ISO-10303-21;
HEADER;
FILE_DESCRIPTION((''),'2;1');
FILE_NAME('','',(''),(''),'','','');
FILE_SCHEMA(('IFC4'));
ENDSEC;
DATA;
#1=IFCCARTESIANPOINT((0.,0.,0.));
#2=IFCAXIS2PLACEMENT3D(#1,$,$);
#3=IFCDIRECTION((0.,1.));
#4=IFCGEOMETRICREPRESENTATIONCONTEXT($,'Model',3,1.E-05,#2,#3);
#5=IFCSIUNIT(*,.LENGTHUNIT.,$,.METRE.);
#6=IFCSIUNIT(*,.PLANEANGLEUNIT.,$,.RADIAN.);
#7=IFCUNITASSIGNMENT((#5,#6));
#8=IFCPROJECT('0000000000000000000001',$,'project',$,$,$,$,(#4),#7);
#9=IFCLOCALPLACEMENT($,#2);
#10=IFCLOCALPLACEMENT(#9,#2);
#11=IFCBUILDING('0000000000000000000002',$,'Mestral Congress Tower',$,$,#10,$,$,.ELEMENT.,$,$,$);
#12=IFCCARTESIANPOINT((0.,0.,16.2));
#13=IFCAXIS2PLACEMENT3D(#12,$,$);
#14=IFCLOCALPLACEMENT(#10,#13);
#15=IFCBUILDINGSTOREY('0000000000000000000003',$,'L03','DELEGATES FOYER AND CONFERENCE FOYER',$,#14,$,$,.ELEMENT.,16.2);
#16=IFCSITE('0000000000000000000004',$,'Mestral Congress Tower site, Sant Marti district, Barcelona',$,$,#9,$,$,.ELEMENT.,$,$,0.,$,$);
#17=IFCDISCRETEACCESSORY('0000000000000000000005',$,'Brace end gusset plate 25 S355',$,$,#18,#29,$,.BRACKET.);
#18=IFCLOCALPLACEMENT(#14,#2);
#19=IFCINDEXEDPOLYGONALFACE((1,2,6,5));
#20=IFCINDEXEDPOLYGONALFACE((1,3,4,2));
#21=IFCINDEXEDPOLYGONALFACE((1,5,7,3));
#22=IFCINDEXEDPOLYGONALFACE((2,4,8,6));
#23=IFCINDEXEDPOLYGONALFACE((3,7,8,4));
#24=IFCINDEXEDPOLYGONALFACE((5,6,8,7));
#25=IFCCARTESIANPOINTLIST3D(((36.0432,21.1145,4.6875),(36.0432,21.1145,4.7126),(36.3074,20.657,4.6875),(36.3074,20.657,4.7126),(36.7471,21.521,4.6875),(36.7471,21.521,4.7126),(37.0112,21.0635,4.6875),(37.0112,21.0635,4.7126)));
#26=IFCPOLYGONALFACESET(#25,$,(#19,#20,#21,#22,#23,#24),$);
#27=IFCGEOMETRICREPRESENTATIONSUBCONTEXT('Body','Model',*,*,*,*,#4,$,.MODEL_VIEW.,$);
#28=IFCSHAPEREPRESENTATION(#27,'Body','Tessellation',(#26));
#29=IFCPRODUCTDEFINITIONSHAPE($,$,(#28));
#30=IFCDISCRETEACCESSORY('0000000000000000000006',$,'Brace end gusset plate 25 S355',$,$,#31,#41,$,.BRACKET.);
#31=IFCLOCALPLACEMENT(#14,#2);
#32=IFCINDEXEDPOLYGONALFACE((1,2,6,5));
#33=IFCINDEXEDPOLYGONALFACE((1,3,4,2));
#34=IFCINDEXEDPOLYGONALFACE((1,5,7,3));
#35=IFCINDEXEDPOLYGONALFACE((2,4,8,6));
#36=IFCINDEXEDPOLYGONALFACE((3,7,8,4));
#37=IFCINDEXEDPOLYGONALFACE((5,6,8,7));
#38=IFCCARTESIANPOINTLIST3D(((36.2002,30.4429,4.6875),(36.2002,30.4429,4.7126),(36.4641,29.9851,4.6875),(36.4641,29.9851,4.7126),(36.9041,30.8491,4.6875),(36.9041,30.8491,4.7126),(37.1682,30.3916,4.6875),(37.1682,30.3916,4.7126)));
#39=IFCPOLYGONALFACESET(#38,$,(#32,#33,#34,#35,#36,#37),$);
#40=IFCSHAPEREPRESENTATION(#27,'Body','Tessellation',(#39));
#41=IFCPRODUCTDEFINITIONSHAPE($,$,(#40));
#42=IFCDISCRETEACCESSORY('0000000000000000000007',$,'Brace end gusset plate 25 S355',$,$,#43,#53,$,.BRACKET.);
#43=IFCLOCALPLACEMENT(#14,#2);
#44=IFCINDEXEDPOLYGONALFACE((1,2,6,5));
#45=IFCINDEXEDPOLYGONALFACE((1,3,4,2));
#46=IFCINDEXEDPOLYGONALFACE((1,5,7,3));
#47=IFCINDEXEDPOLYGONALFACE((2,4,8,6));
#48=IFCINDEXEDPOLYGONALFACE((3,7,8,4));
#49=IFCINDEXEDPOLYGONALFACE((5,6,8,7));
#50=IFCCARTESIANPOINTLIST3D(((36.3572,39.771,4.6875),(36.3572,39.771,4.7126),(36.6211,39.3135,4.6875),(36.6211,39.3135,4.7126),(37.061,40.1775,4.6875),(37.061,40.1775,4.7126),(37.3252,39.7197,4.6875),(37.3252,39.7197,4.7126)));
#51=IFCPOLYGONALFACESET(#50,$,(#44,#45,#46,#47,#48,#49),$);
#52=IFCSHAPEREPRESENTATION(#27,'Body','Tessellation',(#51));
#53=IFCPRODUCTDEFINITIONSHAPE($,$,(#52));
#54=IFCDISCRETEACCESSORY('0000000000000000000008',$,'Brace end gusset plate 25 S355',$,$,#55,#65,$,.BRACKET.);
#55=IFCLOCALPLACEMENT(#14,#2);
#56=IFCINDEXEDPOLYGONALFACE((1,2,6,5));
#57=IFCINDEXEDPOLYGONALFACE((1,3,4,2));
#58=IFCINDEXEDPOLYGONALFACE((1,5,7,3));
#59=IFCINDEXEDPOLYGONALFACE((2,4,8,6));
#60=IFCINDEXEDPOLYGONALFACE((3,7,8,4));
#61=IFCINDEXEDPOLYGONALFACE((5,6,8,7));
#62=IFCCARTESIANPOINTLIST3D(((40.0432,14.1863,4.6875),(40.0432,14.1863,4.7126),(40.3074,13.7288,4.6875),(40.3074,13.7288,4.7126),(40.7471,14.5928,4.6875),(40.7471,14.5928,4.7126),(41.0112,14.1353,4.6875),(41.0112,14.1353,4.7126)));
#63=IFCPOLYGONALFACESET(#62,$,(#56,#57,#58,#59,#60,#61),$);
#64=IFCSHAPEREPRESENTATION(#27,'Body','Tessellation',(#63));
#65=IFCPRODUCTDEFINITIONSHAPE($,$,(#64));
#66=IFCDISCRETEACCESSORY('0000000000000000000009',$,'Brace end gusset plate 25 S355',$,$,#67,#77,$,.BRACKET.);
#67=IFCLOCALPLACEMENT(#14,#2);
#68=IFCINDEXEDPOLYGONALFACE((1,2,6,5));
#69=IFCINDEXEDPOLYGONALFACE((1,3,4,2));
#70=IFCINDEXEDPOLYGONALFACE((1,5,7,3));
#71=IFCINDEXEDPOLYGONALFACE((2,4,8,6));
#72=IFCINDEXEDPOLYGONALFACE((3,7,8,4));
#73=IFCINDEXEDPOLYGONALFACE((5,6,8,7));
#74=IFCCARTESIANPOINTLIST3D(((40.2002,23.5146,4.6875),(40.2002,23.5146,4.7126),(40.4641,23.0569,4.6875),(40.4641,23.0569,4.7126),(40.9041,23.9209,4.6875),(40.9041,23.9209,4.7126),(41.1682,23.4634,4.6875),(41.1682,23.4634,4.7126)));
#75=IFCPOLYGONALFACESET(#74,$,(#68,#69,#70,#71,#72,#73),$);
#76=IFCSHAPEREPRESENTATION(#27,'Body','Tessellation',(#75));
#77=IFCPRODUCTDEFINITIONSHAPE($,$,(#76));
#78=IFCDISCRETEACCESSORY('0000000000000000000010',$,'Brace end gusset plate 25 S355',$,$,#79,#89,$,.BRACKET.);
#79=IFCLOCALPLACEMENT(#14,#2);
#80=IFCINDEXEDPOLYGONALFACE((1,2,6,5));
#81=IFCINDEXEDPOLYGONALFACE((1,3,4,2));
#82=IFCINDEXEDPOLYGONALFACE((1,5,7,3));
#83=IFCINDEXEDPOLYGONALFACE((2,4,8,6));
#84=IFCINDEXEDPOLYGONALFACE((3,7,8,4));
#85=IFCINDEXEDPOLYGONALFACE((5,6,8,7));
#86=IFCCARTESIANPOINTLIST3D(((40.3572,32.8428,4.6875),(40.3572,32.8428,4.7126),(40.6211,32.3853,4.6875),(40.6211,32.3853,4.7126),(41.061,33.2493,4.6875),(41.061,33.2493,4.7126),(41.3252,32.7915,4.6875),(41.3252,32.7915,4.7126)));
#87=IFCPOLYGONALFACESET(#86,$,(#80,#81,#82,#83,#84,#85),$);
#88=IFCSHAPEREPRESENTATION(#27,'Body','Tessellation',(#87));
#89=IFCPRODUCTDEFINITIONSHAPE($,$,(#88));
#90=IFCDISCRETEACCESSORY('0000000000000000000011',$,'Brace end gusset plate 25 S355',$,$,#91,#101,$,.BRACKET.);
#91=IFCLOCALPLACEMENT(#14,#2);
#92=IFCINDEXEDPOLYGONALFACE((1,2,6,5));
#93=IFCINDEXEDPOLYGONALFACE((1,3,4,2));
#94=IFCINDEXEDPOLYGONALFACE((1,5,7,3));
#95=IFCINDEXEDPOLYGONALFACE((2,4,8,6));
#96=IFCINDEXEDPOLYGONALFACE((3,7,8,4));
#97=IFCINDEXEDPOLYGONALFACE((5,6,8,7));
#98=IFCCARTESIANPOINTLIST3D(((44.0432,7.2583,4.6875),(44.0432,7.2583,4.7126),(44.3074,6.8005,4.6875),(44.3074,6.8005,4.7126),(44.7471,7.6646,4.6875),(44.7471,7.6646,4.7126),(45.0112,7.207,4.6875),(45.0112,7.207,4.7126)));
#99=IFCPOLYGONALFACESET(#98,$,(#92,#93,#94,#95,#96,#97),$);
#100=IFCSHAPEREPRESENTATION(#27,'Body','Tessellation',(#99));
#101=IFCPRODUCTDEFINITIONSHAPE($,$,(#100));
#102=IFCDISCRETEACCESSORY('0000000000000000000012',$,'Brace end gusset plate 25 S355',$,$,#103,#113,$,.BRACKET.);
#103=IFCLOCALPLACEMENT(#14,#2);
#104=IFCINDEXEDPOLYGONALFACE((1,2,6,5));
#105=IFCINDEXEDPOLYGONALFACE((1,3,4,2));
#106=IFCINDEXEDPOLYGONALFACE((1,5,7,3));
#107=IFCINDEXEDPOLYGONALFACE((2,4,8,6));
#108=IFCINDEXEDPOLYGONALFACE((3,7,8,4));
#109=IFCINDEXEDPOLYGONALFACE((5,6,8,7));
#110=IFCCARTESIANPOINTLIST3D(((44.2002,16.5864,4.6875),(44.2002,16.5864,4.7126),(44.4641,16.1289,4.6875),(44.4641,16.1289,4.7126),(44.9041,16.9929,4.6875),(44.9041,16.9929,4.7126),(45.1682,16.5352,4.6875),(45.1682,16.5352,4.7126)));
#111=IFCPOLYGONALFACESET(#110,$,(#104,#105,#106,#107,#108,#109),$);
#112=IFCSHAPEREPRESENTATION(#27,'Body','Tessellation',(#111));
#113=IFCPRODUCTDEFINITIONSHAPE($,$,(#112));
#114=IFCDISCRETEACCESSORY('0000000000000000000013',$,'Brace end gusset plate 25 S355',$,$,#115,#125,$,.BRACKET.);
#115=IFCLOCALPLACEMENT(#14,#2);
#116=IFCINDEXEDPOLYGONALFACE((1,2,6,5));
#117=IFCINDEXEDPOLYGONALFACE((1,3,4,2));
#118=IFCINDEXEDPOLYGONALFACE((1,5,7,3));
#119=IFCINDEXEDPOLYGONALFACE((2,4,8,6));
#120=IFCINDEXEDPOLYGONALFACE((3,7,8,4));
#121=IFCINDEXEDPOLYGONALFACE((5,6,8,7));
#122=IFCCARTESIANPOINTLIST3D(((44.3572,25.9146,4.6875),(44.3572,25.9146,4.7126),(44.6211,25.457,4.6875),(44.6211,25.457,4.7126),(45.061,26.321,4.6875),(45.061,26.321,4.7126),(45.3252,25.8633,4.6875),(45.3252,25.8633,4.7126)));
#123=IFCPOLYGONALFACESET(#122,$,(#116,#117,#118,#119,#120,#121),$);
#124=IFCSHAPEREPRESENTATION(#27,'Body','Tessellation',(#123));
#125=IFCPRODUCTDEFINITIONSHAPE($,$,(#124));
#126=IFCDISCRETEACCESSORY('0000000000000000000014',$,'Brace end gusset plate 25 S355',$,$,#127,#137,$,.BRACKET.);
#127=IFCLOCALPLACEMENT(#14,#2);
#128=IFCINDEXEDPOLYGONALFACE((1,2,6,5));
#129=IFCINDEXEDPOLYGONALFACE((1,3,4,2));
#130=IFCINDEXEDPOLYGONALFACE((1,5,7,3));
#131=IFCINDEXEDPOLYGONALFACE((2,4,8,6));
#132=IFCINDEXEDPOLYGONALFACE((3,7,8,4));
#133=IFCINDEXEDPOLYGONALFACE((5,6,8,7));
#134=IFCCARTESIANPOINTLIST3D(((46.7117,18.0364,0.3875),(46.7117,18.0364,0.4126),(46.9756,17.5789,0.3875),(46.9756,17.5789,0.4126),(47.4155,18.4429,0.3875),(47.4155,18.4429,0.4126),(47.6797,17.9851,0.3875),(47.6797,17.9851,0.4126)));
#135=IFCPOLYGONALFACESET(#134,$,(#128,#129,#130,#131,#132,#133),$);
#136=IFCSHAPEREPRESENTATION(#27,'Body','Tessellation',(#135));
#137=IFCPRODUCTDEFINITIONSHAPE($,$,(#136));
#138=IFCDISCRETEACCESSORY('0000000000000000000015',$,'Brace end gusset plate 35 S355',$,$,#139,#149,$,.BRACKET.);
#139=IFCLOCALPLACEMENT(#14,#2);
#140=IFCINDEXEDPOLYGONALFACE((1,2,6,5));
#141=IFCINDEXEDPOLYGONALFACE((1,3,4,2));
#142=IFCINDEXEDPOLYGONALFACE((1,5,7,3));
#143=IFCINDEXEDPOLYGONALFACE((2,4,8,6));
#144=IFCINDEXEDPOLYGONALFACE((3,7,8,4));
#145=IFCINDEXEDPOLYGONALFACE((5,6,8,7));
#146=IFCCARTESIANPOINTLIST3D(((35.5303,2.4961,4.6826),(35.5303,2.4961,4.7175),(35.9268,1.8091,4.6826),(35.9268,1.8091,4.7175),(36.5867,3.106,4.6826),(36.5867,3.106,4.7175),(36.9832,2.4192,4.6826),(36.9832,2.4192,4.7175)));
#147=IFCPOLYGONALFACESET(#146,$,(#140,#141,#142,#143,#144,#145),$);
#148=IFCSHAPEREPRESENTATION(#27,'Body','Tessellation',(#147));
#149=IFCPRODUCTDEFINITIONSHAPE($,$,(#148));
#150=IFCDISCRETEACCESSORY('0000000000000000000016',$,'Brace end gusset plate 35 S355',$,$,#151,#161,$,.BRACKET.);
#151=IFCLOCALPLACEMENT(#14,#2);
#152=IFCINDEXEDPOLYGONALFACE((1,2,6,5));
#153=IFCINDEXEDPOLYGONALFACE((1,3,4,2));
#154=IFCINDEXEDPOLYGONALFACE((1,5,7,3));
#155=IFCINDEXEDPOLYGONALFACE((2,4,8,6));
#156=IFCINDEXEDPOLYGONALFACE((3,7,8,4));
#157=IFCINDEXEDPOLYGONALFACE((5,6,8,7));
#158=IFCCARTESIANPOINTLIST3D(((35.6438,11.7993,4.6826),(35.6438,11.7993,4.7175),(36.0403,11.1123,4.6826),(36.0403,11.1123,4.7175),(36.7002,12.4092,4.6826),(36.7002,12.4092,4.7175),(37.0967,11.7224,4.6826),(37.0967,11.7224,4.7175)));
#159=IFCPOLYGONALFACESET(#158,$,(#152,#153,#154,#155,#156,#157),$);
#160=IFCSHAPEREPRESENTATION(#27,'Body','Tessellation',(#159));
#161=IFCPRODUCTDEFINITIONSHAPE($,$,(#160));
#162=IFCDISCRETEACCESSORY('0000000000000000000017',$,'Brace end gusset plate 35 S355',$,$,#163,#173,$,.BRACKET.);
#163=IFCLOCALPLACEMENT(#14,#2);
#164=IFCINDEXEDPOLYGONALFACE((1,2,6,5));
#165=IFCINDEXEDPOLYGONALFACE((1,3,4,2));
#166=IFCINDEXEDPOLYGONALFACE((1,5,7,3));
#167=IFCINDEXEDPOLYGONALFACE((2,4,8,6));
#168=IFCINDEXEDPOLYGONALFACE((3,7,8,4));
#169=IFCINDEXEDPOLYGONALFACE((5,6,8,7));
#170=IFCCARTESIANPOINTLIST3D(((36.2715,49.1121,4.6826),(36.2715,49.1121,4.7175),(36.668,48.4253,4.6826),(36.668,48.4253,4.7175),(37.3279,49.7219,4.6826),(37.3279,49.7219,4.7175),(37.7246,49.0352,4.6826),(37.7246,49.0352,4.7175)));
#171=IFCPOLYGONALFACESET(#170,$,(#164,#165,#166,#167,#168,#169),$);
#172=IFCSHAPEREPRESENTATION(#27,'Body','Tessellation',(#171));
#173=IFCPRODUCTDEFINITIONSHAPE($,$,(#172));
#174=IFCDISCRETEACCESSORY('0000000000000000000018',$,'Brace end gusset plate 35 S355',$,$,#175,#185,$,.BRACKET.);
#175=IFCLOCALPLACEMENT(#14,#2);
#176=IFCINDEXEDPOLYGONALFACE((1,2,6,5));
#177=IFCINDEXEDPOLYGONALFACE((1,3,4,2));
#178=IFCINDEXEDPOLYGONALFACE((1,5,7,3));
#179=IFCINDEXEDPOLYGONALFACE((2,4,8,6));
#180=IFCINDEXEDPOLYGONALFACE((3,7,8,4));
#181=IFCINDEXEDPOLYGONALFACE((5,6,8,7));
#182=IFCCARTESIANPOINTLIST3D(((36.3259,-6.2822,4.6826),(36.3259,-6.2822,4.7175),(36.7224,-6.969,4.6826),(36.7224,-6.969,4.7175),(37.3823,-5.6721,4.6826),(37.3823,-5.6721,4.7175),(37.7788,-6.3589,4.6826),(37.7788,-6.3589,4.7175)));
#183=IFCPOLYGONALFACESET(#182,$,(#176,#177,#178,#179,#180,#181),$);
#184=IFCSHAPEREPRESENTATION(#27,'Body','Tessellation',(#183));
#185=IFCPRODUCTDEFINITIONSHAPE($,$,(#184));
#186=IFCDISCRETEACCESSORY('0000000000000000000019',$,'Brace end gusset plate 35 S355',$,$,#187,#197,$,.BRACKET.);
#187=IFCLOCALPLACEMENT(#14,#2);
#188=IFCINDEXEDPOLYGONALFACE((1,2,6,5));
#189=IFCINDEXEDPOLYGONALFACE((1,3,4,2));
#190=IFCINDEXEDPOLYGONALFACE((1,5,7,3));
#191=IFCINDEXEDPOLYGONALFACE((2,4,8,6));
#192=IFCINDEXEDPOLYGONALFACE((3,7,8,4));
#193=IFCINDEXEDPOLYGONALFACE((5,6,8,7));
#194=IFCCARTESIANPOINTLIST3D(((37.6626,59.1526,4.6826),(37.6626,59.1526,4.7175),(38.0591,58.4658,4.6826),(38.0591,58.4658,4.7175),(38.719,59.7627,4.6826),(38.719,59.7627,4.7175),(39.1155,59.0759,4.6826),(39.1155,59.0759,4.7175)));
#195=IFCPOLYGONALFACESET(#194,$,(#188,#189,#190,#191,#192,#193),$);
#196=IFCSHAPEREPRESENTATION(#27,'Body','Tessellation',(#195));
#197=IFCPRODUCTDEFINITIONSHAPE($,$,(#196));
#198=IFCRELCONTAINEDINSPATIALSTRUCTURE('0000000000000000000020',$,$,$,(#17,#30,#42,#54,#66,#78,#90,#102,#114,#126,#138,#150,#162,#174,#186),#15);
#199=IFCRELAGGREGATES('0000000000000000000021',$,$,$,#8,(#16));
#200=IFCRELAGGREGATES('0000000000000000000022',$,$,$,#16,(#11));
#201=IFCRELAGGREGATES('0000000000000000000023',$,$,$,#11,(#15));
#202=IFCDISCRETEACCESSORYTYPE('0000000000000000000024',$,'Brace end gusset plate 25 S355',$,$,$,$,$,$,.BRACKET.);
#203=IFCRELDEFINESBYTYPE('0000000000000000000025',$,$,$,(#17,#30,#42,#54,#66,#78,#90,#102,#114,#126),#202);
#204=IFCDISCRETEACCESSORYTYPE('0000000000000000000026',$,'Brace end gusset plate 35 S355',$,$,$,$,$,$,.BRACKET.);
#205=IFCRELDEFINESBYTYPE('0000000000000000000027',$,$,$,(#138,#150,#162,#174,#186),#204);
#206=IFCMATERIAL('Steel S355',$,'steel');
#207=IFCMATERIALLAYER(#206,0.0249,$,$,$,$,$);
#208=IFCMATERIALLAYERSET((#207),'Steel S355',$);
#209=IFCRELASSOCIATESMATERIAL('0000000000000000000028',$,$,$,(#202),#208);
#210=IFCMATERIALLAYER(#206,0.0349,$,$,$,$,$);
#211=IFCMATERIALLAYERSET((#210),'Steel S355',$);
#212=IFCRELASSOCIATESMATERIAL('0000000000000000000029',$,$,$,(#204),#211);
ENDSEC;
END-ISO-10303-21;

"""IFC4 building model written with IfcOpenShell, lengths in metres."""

from ifc_helpers import new_model, si_unit, direction, frame, origin, place, context, subcontext, project, spatial, polyline, outline, extrude, material, layer, layer_set, type_object, element, save


model = new_model("IFC4")

# Units and contexts
model_context = context("Model", 3, precision=1e-05, world=origin(), true_north=direction((0.0, 1.0)))
body_context = subcontext(model_context, "Body", "Model", "MODEL_VIEW")
ifc_project = project(units=[si_unit("LENGTHUNIT", "METRE"), si_unit("PLANEANGLEUNIT", "RADIAN")], contexts=[model_context])

# Site, building, storey
site_placement = place(None, origin())
site = spatial("IfcSite", under=ifc_project, at=site_placement, Name="Mestral Congress Tower site, Sant Marti district, Barcelona", CompositionType="ELEMENT", RefElevation=0.0)
building_placement = place(site_placement, origin())
building = spatial("IfcBuilding", under=site, at=building_placement, Name="Mestral Congress Tower", CompositionType="ELEMENT")
storey_placement = place(building_placement, frame((0.0, 0.0, 16.2)))
storey = spatial("IfcBuildingStorey", under=building, at=storey_placement, Name="L03", Description="DELEGATES FOYER AND CONFERENCE FOYER", CompositionType="ELEMENT", Elevation=16.2)

# Discrete accessories
ifc_material = material(Name="Steel S355", Category="steel")
ifc_layer_1 = layer(ifc_material, 0.0249)
ifc_layer_set_1 = layer_set([ifc_layer_1], Name="Steel S355")
discrete_accessory_type_1 = type_object("IfcDiscreteAccessoryType", Name="Brace end gusset plate 25 S355", PredefinedType="BRACKET", material=ifc_layer_set_1)
placement_1 = place(storey_placement, frame((0.0, 0.0, 4.6875)))
element("IfcDiscreteAccessory", 1, at=placement_1, inside=storey, type_object=discrete_accessory_type_1, Name="Brace end gusset plate 25 S355", PredefinedType="BRACKET", context=body_context, shape_type="SweptSolid", body=[
    extrude(outline(polyline([(36.7471, 21.521), (36.0432, 21.1145), (36.3074, 20.657), (37.0112, 21.0635), (36.7471, 21.521)])), origin(), (0.0, 0.0, 1.0), 0.0251),
])
element("IfcDiscreteAccessory", 2, at=placement_1, inside=storey, type_object=discrete_accessory_type_1, Name="Brace end gusset plate 25 S355", PredefinedType="BRACKET", context=body_context, shape_type="SweptSolid", body=[
    extrude(outline(polyline([(36.9041, 30.8491), (36.2002, 30.4429), (36.4641, 29.9851), (37.1682, 30.3916), (36.9041, 30.8491)])), origin(), (0.0, 0.0, 1.0), 0.0251),
])
element("IfcDiscreteAccessory", 3, at=placement_1, inside=storey, type_object=discrete_accessory_type_1, Name="Brace end gusset plate 25 S355", PredefinedType="BRACKET", context=body_context, shape_type="SweptSolid", body=[
    extrude(outline(polyline([(37.061, 40.1775), (36.3572, 39.771), (36.6211, 39.3135), (37.3252, 39.7197), (37.061, 40.1775)])), origin(), (0.0, 0.0, 1.0), 0.0251),
])
element("IfcDiscreteAccessory", 4, at=placement_1, inside=storey, type_object=discrete_accessory_type_1, Name="Brace end gusset plate 25 S355", PredefinedType="BRACKET", context=body_context, shape_type="SweptSolid", body=[
    extrude(outline(polyline([(40.7471, 14.5928), (40.0432, 14.1863), (40.3074, 13.7288), (41.0112, 14.1353), (40.7471, 14.5928)])), origin(), (0.0, 0.0, 1.0), 0.0251),
])
element("IfcDiscreteAccessory", 5, at=placement_1, inside=storey, type_object=discrete_accessory_type_1, Name="Brace end gusset plate 25 S355", PredefinedType="BRACKET", context=body_context, shape_type="SweptSolid", body=[
    extrude(outline(polyline([(40.9041, 23.9209), (40.2002, 23.5146), (40.4641, 23.0569), (41.1682, 23.4634), (40.9041, 23.9209)])), origin(), (0.0, 0.0, 1.0), 0.0251),
])
element("IfcDiscreteAccessory", 6, at=placement_1, inside=storey, type_object=discrete_accessory_type_1, Name="Brace end gusset plate 25 S355", PredefinedType="BRACKET", context=body_context, shape_type="SweptSolid", body=[
    extrude(outline(polyline([(41.061, 33.2493), (40.3572, 32.8428), (40.6211, 32.3853), (41.3252, 32.7915), (41.061, 33.2493)])), origin(), (0.0, 0.0, 1.0), 0.0251),
])
element("IfcDiscreteAccessory", 7, at=placement_1, inside=storey, type_object=discrete_accessory_type_1, Name="Brace end gusset plate 25 S355", PredefinedType="BRACKET", context=body_context, shape_type="SweptSolid", body=[
    extrude(outline(polyline([(44.7471, 7.6646), (44.0432, 7.2583), (44.3074, 6.8005), (45.0112, 7.207), (44.7471, 7.6646)])), origin(), (0.0, 0.0, 1.0), 0.0251),
])
element("IfcDiscreteAccessory", 8, at=placement_1, inside=storey, type_object=discrete_accessory_type_1, Name="Brace end gusset plate 25 S355", PredefinedType="BRACKET", context=body_context, shape_type="SweptSolid", body=[
    extrude(outline(polyline([(44.9041, 16.9929), (44.2002, 16.5864), (44.4641, 16.1289), (45.1682, 16.5352), (44.9041, 16.9929)])), origin(), (0.0, 0.0, 1.0), 0.0251),
])
element("IfcDiscreteAccessory", 9, at=placement_1, inside=storey, type_object=discrete_accessory_type_1, Name="Brace end gusset plate 25 S355", PredefinedType="BRACKET", context=body_context, shape_type="SweptSolid", body=[
    extrude(outline(polyline([(45.061, 26.321), (44.3572, 25.9146), (44.6211, 25.457), (45.3252, 25.8633), (45.061, 26.321)])), origin(), (0.0, 0.0, 1.0), 0.0251),
])
discrete_accessory_1_placement = place(storey_placement, frame((0.0, 0.0, 0.3875)))
element("IfcDiscreteAccessory", 10, at=discrete_accessory_1_placement, inside=storey, type_object=discrete_accessory_type_1, Name="Brace end gusset plate 25 S355", PredefinedType="BRACKET", context=body_context, shape_type="SweptSolid", body=[
    extrude(outline(polyline([(47.4155, 18.4429), (46.7117, 18.0364), (46.9756, 17.5789), (47.6797, 17.9851), (47.4155, 18.4429)])), origin(), (0.0, 0.0, 1.0), 0.0251),
])
ifc_layer_2 = layer(ifc_material, 0.0349)
ifc_layer_set_2 = layer_set([ifc_layer_2], Name="Steel S355")
discrete_accessory_type_2 = type_object("IfcDiscreteAccessoryType", Name="Brace end gusset plate 35 S355", PredefinedType="BRACKET", material=ifc_layer_set_2)
placement_2 = place(storey_placement, frame((0.0, 0.0, 4.6826)))
element("IfcDiscreteAccessory", 11, at=placement_2, inside=storey, type_object=discrete_accessory_type_2, Name="Brace end gusset plate 35 S355", PredefinedType="BRACKET", context=body_context, shape_type="SweptSolid", body=[
    extrude(outline(polyline([(36.5867, 3.106), (35.5303, 2.4961), (35.9268, 1.8091), (36.9832, 2.4192), (36.5867, 3.106)])), origin(), (0.0, 0.0, 1.0), 0.0349),
])
element("IfcDiscreteAccessory", 12, at=placement_2, inside=storey, type_object=discrete_accessory_type_2, Name="Brace end gusset plate 35 S355", PredefinedType="BRACKET", context=body_context, shape_type="SweptSolid", body=[
    extrude(outline(polyline([(36.7002, 12.4092), (35.6438, 11.7993), (36.0403, 11.1123), (37.0967, 11.7224), (36.7002, 12.4092)])), origin(), (0.0, 0.0, 1.0), 0.0349),
])
element("IfcDiscreteAccessory", 13, at=placement_2, inside=storey, type_object=discrete_accessory_type_2, Name="Brace end gusset plate 35 S355", PredefinedType="BRACKET", context=body_context, shape_type="SweptSolid", body=[
    extrude(outline(polyline([(37.3279, 49.7219), (36.2715, 49.1121), (36.668, 48.4253), (37.7246, 49.0352), (37.3279, 49.7219)])), origin(), (0.0, 0.0, 1.0), 0.0349),
])
element("IfcDiscreteAccessory", 14, at=placement_2, inside=storey, type_object=discrete_accessory_type_2, Name="Brace end gusset plate 35 S355", PredefinedType="BRACKET", context=body_context, shape_type="SweptSolid", body=[
    extrude(outline(polyline([(37.3823, -5.6721), (36.3259, -6.2822), (36.7224, -6.969), (37.7788, -6.3589), (37.3823, -5.6721)])), origin(), (0.0, 0.0, 1.0), 0.0349),
])
element("IfcDiscreteAccessory", 15, at=placement_2, inside=storey, type_object=discrete_accessory_type_2, Name="Brace end gusset plate 35 S355", PredefinedType="BRACKET", context=body_context, shape_type="SweptSolid", body=[
    extrude(outline(polyline([(38.719, 59.7627), (37.6626, 59.1526), (38.0591, 58.4658), (39.1155, 59.0759), (38.719, 59.7627)])), origin(), (0.0, 0.0, 1.0), 0.0349),
])

save(model, "model.ifc")
